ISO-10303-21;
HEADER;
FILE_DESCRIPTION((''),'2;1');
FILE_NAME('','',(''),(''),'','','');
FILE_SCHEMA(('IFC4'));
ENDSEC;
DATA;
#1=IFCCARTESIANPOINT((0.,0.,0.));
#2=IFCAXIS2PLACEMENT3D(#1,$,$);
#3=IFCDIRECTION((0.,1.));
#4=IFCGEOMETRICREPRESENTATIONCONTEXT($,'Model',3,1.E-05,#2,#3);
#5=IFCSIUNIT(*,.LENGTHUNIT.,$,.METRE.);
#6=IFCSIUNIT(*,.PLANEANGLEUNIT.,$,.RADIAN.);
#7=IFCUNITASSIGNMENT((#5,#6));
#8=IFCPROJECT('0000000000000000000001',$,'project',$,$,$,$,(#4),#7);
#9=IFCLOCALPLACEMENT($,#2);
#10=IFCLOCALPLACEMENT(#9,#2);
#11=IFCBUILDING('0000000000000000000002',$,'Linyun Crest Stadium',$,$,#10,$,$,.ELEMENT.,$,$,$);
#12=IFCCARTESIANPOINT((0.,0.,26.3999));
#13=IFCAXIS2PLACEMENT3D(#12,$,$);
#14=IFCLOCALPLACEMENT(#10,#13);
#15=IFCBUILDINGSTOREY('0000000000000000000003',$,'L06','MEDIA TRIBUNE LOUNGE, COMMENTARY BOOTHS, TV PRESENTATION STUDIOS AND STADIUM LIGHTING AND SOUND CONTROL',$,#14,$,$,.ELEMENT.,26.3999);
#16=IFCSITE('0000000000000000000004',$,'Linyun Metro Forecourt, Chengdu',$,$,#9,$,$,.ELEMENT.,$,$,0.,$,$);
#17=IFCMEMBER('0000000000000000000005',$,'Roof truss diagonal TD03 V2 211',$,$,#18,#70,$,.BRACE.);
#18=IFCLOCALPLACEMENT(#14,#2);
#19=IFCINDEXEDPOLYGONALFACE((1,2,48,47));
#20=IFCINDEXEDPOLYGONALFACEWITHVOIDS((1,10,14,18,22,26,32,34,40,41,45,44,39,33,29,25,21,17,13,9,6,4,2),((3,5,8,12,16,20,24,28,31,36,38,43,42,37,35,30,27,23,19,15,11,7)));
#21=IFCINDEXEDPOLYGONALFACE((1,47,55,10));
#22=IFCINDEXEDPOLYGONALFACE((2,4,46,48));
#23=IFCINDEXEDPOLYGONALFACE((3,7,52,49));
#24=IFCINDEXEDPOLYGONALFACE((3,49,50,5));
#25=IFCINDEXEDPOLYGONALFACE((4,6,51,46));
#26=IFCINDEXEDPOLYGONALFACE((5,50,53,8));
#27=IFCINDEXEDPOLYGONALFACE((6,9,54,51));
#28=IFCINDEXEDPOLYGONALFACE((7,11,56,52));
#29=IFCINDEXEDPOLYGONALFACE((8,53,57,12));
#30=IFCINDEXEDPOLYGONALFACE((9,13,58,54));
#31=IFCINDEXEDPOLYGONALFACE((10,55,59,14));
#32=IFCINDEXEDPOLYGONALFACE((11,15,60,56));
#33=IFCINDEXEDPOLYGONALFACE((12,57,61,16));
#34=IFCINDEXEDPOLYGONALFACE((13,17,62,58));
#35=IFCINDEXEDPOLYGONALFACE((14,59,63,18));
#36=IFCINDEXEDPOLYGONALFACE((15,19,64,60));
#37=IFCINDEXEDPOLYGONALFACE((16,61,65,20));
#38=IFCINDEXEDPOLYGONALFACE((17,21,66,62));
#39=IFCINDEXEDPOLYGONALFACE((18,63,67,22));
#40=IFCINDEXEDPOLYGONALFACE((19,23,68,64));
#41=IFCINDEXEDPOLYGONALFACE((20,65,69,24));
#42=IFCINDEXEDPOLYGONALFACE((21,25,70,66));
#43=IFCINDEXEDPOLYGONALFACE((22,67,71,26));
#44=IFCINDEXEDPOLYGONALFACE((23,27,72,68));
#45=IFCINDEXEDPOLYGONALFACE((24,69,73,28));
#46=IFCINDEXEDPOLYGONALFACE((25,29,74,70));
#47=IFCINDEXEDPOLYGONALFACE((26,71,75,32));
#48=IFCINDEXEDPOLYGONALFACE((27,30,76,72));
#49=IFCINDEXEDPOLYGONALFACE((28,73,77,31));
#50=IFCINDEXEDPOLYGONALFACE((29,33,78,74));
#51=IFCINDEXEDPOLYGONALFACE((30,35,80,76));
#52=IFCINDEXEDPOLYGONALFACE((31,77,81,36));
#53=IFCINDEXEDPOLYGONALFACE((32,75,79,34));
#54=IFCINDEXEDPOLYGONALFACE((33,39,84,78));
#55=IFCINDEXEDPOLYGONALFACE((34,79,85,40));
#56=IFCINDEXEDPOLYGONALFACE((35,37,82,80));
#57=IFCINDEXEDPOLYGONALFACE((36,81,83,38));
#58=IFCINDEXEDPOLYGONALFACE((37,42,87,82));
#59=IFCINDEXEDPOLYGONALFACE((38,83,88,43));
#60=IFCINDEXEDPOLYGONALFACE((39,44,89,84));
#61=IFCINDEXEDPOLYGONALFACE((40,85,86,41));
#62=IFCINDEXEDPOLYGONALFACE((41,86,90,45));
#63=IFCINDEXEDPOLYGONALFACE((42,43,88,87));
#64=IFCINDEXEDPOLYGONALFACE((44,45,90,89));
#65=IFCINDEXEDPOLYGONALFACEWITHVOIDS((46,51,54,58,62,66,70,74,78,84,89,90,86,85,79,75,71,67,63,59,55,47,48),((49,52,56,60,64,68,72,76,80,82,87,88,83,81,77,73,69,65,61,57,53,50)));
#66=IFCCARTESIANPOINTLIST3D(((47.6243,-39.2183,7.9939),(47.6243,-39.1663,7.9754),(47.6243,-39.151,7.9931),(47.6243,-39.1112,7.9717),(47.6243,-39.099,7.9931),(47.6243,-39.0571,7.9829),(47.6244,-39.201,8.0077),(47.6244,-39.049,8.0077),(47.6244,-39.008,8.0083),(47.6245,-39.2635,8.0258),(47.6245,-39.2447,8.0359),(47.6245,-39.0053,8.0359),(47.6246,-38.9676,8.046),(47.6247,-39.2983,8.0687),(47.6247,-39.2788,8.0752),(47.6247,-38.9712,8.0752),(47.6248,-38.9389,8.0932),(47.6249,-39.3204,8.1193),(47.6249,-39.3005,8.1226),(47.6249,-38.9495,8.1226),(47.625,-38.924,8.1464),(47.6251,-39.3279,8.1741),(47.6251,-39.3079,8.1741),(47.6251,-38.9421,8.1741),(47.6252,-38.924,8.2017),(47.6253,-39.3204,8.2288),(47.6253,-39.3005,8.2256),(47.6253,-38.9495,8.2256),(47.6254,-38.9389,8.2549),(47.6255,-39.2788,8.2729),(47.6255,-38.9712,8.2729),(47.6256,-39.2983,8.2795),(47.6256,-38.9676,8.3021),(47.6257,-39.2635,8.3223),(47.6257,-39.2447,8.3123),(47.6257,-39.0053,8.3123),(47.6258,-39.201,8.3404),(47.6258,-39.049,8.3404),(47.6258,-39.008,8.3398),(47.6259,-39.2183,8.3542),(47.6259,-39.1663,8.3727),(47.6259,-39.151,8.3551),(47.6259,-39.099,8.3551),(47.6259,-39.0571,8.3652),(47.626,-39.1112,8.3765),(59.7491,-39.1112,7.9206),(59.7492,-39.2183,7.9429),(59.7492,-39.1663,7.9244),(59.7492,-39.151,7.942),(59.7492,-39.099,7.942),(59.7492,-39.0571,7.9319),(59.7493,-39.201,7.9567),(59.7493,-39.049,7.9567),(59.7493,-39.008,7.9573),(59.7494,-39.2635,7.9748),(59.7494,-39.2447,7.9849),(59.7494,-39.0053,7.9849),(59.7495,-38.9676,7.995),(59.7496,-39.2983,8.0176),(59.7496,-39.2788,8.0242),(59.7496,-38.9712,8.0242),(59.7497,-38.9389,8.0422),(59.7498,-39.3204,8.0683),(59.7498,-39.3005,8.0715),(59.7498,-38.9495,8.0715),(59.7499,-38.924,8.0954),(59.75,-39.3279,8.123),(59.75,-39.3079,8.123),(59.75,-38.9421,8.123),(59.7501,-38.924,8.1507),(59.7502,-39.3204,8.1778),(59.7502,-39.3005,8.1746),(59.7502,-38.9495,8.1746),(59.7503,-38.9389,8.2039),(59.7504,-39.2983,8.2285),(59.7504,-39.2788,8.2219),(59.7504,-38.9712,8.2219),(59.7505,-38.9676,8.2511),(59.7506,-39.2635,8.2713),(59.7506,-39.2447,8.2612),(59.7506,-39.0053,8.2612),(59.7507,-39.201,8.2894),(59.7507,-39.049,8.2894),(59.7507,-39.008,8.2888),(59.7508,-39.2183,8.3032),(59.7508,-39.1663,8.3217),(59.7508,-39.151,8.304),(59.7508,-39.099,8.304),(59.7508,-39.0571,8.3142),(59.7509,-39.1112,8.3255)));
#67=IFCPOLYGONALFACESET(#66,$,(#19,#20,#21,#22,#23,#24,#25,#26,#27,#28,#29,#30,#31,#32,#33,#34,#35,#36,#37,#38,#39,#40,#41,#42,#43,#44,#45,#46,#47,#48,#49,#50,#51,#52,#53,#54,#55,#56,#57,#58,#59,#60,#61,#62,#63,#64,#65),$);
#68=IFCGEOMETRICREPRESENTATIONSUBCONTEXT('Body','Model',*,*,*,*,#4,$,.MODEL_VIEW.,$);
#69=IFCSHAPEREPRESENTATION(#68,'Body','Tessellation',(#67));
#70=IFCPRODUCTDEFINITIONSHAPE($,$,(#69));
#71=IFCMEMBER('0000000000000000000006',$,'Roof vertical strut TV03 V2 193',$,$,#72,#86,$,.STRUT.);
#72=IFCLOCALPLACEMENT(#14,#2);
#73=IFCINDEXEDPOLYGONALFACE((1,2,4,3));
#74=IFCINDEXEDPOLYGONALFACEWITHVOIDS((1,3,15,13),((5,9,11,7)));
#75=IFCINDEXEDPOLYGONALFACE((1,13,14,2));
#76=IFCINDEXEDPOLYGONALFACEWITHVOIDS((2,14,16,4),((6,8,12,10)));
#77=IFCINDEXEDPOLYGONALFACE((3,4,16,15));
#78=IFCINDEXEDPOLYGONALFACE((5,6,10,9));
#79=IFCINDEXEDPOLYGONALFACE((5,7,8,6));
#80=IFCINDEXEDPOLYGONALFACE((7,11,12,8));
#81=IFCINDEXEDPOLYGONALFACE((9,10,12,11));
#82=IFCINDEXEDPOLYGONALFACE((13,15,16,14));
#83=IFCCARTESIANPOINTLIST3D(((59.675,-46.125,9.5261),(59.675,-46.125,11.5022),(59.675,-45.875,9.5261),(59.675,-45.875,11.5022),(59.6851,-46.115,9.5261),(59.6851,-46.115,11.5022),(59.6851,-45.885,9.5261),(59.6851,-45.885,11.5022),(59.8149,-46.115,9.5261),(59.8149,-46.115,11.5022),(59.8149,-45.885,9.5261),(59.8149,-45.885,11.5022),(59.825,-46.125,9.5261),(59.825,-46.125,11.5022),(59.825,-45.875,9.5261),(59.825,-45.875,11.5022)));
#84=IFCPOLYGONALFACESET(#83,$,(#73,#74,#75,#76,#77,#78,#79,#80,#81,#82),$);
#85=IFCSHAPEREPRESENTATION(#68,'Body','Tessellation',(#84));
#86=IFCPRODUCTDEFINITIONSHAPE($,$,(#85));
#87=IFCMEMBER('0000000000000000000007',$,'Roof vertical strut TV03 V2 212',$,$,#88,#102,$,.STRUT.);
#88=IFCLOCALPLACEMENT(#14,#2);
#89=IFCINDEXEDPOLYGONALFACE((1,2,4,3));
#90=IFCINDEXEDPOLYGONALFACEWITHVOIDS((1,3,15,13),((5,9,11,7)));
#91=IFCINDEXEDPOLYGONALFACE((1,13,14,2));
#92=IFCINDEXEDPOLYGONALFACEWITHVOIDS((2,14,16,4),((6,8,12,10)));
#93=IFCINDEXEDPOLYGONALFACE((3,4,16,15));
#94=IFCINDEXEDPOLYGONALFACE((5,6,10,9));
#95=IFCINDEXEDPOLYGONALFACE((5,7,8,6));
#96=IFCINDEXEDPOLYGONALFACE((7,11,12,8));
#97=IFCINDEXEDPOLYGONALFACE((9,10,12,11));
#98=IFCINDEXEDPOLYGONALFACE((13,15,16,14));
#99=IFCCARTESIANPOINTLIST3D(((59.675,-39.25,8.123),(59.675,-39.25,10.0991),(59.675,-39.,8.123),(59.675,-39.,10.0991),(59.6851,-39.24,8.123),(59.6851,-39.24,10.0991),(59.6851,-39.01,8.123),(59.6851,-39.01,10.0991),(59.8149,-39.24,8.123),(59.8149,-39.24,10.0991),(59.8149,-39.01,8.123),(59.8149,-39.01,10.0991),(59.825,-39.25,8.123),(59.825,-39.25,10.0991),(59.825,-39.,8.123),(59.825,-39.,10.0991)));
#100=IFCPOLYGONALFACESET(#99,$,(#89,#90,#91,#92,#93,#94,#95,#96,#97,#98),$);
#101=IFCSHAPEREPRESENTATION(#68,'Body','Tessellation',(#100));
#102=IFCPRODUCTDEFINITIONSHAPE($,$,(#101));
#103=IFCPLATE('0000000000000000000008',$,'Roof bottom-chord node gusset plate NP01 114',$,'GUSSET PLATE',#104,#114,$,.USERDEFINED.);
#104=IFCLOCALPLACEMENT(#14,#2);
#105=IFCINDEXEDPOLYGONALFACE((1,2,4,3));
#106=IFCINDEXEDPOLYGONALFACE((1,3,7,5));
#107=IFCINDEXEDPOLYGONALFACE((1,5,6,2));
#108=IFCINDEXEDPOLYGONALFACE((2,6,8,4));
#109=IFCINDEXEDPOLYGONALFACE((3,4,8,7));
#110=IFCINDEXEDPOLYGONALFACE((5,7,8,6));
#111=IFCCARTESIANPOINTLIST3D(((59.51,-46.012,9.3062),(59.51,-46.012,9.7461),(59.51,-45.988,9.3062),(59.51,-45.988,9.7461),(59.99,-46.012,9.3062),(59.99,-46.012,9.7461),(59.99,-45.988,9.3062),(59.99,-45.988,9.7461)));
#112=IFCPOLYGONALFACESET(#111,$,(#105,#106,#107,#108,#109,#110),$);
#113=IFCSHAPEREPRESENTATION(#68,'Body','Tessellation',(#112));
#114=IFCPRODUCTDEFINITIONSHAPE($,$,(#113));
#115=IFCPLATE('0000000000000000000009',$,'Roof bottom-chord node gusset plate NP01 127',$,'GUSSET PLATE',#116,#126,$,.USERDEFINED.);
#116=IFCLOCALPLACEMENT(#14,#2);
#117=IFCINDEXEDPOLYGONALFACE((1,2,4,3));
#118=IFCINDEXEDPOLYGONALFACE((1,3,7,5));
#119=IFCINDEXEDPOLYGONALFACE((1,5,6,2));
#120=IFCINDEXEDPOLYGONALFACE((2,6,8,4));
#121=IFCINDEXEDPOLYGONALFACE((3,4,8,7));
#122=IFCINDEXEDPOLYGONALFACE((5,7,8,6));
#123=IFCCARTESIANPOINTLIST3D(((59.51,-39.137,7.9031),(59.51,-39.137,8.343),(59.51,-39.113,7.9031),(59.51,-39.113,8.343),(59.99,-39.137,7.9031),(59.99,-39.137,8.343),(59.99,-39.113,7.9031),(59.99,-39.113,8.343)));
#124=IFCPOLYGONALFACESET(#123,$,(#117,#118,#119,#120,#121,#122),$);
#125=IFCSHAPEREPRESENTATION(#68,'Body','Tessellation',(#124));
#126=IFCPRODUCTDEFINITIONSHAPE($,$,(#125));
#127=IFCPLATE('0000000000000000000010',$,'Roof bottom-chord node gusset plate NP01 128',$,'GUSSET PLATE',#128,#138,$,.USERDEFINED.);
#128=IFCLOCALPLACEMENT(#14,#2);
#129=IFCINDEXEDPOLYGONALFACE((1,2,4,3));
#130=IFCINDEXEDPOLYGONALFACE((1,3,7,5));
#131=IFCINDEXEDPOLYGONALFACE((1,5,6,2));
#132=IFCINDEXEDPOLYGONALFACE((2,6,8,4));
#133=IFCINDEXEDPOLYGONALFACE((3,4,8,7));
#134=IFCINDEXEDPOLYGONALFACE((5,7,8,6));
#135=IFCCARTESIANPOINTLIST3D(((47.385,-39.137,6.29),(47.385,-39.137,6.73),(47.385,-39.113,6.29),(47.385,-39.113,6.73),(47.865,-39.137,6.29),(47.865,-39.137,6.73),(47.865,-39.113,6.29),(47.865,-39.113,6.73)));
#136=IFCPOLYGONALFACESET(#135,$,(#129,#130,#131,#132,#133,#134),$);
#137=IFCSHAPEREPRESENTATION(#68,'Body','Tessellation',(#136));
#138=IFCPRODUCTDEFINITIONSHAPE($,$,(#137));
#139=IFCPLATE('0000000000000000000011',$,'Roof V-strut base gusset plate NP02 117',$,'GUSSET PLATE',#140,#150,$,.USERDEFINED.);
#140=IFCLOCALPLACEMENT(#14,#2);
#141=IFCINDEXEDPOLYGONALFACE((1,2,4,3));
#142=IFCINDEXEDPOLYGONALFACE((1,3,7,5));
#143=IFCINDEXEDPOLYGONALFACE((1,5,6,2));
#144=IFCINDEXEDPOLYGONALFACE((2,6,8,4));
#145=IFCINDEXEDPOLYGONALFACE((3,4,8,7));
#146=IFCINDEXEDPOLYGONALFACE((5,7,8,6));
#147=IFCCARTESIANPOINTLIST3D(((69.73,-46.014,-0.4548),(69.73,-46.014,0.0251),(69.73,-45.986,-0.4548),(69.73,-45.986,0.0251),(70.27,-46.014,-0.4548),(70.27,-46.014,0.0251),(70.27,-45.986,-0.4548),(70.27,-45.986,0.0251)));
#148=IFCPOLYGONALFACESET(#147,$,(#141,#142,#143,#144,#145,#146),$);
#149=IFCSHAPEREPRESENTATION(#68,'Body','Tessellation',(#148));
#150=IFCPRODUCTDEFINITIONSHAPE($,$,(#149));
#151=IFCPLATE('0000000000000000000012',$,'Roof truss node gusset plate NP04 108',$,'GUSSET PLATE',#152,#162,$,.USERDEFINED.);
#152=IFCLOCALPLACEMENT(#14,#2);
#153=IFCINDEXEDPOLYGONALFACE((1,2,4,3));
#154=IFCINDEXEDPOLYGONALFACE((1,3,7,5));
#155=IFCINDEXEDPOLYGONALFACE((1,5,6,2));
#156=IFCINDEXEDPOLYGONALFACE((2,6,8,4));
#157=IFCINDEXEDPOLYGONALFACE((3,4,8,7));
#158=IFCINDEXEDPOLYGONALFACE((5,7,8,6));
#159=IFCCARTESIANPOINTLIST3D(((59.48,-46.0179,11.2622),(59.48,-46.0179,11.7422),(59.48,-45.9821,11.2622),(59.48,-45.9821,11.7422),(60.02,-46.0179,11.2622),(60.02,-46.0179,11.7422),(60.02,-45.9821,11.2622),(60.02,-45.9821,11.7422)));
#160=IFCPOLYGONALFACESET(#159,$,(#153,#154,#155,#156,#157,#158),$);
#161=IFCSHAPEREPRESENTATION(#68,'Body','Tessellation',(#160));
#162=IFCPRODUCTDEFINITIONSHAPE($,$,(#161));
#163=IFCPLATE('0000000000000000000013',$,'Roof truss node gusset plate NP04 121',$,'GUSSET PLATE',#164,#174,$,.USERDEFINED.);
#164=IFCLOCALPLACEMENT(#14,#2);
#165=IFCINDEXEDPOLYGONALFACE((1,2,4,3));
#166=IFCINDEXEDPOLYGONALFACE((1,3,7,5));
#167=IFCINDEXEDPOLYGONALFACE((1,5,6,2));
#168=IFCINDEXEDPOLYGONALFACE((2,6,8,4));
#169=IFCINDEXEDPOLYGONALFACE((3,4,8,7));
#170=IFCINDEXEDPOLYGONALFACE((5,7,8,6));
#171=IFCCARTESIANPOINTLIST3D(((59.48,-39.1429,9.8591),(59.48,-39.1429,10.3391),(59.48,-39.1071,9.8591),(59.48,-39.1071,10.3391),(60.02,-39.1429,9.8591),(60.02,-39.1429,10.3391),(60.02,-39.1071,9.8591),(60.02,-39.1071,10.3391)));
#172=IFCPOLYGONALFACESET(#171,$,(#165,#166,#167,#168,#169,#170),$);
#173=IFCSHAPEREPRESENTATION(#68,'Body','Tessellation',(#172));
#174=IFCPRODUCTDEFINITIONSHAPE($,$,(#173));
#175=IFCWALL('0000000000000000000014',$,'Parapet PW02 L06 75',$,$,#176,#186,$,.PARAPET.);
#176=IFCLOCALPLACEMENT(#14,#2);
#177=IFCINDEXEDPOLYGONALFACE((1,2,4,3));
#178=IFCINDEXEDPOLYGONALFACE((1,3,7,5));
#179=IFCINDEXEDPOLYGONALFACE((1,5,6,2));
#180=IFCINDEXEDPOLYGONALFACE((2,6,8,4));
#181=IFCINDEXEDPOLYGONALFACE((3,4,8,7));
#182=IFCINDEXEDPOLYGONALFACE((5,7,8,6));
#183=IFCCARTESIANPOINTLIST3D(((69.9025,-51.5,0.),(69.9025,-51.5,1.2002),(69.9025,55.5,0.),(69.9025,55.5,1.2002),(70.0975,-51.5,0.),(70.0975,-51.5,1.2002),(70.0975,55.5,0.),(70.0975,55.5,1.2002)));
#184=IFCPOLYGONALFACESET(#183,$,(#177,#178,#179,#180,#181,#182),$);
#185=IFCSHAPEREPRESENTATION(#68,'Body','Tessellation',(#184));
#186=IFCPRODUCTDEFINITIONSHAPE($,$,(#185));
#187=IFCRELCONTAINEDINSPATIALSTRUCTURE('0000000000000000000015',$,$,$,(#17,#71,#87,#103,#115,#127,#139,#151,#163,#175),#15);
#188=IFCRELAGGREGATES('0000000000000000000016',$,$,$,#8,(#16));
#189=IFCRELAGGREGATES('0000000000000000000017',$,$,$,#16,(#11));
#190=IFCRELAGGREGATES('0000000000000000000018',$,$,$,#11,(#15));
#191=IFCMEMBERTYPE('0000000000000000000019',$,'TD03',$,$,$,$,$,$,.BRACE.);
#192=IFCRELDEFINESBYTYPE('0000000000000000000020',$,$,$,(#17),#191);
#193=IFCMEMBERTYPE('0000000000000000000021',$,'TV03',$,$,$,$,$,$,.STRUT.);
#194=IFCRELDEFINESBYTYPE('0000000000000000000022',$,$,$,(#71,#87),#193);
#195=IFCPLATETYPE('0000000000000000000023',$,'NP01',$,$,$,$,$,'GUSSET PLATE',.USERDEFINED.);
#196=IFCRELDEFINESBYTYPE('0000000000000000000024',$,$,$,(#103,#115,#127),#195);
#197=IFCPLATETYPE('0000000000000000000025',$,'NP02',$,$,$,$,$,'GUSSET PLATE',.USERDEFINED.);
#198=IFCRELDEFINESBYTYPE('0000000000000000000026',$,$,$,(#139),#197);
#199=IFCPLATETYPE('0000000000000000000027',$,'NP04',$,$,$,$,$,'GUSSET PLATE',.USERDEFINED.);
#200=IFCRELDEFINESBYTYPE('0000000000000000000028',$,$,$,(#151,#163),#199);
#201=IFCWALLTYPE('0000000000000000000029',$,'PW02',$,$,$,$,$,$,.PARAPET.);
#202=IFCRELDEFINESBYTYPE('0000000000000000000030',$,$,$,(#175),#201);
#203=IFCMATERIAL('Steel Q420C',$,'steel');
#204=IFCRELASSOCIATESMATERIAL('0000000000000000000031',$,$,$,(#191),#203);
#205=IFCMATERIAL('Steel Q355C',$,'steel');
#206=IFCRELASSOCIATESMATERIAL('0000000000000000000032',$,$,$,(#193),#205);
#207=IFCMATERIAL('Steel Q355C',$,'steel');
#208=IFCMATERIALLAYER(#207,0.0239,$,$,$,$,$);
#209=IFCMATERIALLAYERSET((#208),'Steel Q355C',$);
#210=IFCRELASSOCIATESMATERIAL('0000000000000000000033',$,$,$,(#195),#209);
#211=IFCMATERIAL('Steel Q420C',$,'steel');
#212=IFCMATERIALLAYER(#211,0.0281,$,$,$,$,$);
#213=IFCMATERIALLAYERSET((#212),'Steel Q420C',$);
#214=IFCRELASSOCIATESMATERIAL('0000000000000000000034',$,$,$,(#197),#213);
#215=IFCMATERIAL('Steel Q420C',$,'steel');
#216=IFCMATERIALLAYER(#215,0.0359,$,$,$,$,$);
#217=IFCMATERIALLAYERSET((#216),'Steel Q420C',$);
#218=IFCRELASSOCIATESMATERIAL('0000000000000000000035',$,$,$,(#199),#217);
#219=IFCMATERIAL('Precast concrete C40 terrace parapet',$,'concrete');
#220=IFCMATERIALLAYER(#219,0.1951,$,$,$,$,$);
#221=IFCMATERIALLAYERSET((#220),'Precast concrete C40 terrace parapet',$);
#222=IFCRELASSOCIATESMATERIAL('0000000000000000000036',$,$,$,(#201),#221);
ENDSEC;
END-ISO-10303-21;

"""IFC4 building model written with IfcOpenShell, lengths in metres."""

from ifc_helpers import new_model, si_unit, direction, frame, frame_2d, origin, origin_2d, place, context, subcontext, project, spatial, rectangle, hollow_rectangle, hollow_circle, extrude, material, layer, layer_set, material_profile, profile_set, type_object, element, save


model = new_model("IFC4")

# Units and contexts
model_context = context("Model", 3, precision=1e-05, world=origin(), true_north=direction((0.0, 1.0)))
body_context = subcontext(model_context, "Body", "Model", "MODEL_VIEW")
ifc_project = project(units=[si_unit("LENGTHUNIT", "METRE"), si_unit("PLANEANGLEUNIT", "RADIAN")], contexts=[model_context])

# Site, building, storey
site_placement = place(None, origin())
site = spatial("IfcSite", under=ifc_project, at=site_placement, Name="Linyun Metro Forecourt, Chengdu", CompositionType="ELEMENT", RefElevation=0.0)
building_placement = place(site_placement, origin())
building = spatial("IfcBuilding", under=site, at=building_placement, Name="Linyun Crest Stadium", CompositionType="ELEMENT")
storey_placement = place(building_placement, frame((0.0, 0.0, 26.3999)))
storey = spatial("IfcBuildingStorey", under=building, at=storey_placement, Name="L06", Description="MEDIA TRIBUNE LOUNGE, COMMENTARY BOOTHS, TV PRESENTATION STUDIOS AND STADIUM LIGHTING AND SOUND CONTROL", CompositionType="ELEMENT", Elevation=26.3999)

# Members
ifc_material_1 = material(Name="Steel Q420C", Category="steel")
ifc_material_profile_1 = material_profile(ifc_material_1, hollow_circle(Radius=0.2029, WallThickness=0.02, at=origin_2d()), Name="CHS 406x20")
ifc_profile_set_1 = profile_set([ifc_material_profile_1], Name="Steel Q420C")
member_type_1 = type_object("IfcMemberType", Name="TD03", PredefinedType="BRACE", material=ifc_profile_set_1)
member_1_placement = place(storey_placement, frame((59.75, -39.125, 8.123), z_axis=(-0.999991, 0.0, 0.004208), x_axis=(0.0, -1.0, 0.0)))
element("IfcMember", 1, at=member_1_placement, inside=storey, type_object=member_type_1, Name="Roof truss diagonal TD03 V2 211", PredefinedType="BRACE", context=body_context, shape_type="SweptSolid", body=[
    extrude(hollow_circle(Radius=0.2029, WallThickness=0.02, at=origin_2d()), origin(), (0.0, 0.0, 1.0), 12.125),
])
ifc_material_2 = material(Name="Steel Q355C", Category="steel")
ifc_material_profile_2 = material_profile(ifc_material_2, hollow_rectangle(XDim=0.1499, YDim=0.25, WallThickness=0.01, at=origin_2d()), Name="RHS 250x150x10")
ifc_profile_set_2 = profile_set([ifc_material_profile_2], Name="Steel Q355C")
member_type_2 = type_object("IfcMemberType", Name="TV03", PredefinedType="STRUT", material=ifc_profile_set_2)
for number, where, z_axis, x_axis, name in (
    (2, (59.75, -46.0, 9.5261), (0.0, 0.0, 1.0), (1.0, 0.0, 0.0), "Roof vertical strut TV03 V2 193"),
    (3, (59.75, -39.125, 8.123), (0.0, 0.0, 1.0), (1.0, 0.0, 0.0), "Roof vertical strut TV03 V2 212"),
):
    element("IfcMember", number, at=place(storey_placement, frame(where, z_axis=z_axis, x_axis=x_axis)), inside=storey, type_object=member_type_2, Name=name, PredefinedType="STRUT", context=body_context, shape_type="SweptSolid", body=[
        extrude(hollow_rectangle(XDim=0.1499, YDim=0.25, WallThickness=0.01, at=origin_2d()), origin(), (0.0, 0.0, 1.0), 1.9761),
    ])

# Plates
ifc_material_3 = material(Name="Steel Q355C", Category="steel")
ifc_layer_1 = layer(ifc_material_3, 0.0239)
ifc_layer_set_1 = layer_set([ifc_layer_1], Name="Steel Q355C")
plate_type_1 = type_object("IfcPlateType", Name="NP01", ElementType="GUSSET PLATE", PredefinedType="USERDEFINED", material=ifc_layer_set_1)
for number, where, z_axis, x_axis, name in (
    (4, (59.75, -46.0, 9.3062), (0.0, 0.0, 1.0), (1.0, 0.0, 0.0), "Roof bottom-chord node gusset plate NP01 114"),
    (5, (59.75, -39.125, 7.9031), (0.0, 0.0, 1.0), (1.0, 0.0, 0.0), "Roof bottom-chord node gusset plate NP01 127"),
    (6, (47.625, -39.125, 6.29), (0.0, 0.0, 1.0), (1.0, 0.0, 0.0), "Roof bottom-chord node gusset plate NP01 128"),
):
    element("IfcPlate", number, at=place(storey_placement, frame(where, z_axis=z_axis, x_axis=x_axis)), inside=storey, type_object=plate_type_1, Name=name, ObjectType="GUSSET PLATE", PredefinedType="USERDEFINED", context=body_context, shape_type="SweptSolid", body=[
        extrude(rectangle(XDim=0.48, YDim=0.0239, at=origin_2d()), origin(), (0.0, 0.0, 1.0), 0.4399),
    ])
ifc_material_4 = material(Name="Steel Q420C", Category="steel")
ifc_layer_2 = layer(ifc_material_4, 0.0281)
ifc_layer_set_2 = layer_set([ifc_layer_2], Name="Steel Q420C")
plate_type_2 = type_object("IfcPlateType", Name="NP02", ElementType="GUSSET PLATE", PredefinedType="USERDEFINED", material=ifc_layer_set_2)
plate_placement = place(storey_placement, frame((70.0, -46.0, -0.4548), z_axis=(0.0, 0.0, 1.0), x_axis=(1.0, 0.0, 0.0)))
element("IfcPlate", 7, at=plate_placement, inside=storey, type_object=plate_type_2, Name="Roof V-strut base gusset plate NP02 117", ObjectType="GUSSET PLATE", PredefinedType="USERDEFINED", context=body_context, shape_type="SweptSolid", body=[
    extrude(rectangle(XDim=0.54, YDim=0.0281, at=origin_2d()), origin(), (0.0, 0.0, 1.0), 0.48),
])
ifc_material_5 = material(Name="Steel Q420C", Category="steel")
ifc_layer_3 = layer(ifc_material_5, 0.0359)
ifc_layer_set_3 = layer_set([ifc_layer_3], Name="Steel Q420C")
plate_type_3 = type_object("IfcPlateType", Name="NP04", ElementType="GUSSET PLATE", PredefinedType="USERDEFINED", material=ifc_layer_set_3)
for number, where, z_axis, x_axis, name in (
    (8, (59.75, -46.0, 11.2622), (0.0, 0.0, 1.0), (1.0, 0.0, 0.0), "Roof truss node gusset plate NP04 108"),
    (9, (59.75, -39.125, 9.8591), (0.0, 0.0, 1.0), (1.0, 0.0, 0.0), "Roof truss node gusset plate NP04 121"),
):
    element("IfcPlate", number, at=place(storey_placement, frame(where, z_axis=z_axis, x_axis=x_axis)), inside=storey, type_object=plate_type_3, Name=name, ObjectType="GUSSET PLATE", PredefinedType="USERDEFINED", context=body_context, shape_type="SweptSolid", body=[
        extrude(rectangle(XDim=0.54, YDim=0.0359, at=origin_2d()), origin(), (0.0, 0.0, 1.0), 0.48),
    ])

# Wall
ifc_material_6 = material(Name="Precast concrete C40 terrace parapet", Category="concrete")
ifc_layer_4 = layer(ifc_material_6, 0.1951)
ifc_layer_set_4 = layer_set([ifc_layer_4], Name="Precast concrete C40 terrace parapet")
wall_type = type_object("IfcWallType", Name="PW02", PredefinedType="PARAPET", material=ifc_layer_set_4)
wall_placement = place(storey_placement, frame((70.0, -51.5, 0.0), z_axis=(0.0, 0.0, 1.0), x_axis=(0.0, 1.0, 0.0)))
element("IfcWall", 10, at=wall_placement, inside=storey, type_object=wall_type, Name="Parapet PW02 L06 75", PredefinedType="PARAPET", context=body_context, shape_type="SweptSolid", body=[
    extrude(rectangle(XDim=107.0, YDim=0.1951, at=frame_2d((53.5, 0.0))), origin(), (0.0, 0.0, 1.0), 1.2002),
])

save(model, "model.ifc")
